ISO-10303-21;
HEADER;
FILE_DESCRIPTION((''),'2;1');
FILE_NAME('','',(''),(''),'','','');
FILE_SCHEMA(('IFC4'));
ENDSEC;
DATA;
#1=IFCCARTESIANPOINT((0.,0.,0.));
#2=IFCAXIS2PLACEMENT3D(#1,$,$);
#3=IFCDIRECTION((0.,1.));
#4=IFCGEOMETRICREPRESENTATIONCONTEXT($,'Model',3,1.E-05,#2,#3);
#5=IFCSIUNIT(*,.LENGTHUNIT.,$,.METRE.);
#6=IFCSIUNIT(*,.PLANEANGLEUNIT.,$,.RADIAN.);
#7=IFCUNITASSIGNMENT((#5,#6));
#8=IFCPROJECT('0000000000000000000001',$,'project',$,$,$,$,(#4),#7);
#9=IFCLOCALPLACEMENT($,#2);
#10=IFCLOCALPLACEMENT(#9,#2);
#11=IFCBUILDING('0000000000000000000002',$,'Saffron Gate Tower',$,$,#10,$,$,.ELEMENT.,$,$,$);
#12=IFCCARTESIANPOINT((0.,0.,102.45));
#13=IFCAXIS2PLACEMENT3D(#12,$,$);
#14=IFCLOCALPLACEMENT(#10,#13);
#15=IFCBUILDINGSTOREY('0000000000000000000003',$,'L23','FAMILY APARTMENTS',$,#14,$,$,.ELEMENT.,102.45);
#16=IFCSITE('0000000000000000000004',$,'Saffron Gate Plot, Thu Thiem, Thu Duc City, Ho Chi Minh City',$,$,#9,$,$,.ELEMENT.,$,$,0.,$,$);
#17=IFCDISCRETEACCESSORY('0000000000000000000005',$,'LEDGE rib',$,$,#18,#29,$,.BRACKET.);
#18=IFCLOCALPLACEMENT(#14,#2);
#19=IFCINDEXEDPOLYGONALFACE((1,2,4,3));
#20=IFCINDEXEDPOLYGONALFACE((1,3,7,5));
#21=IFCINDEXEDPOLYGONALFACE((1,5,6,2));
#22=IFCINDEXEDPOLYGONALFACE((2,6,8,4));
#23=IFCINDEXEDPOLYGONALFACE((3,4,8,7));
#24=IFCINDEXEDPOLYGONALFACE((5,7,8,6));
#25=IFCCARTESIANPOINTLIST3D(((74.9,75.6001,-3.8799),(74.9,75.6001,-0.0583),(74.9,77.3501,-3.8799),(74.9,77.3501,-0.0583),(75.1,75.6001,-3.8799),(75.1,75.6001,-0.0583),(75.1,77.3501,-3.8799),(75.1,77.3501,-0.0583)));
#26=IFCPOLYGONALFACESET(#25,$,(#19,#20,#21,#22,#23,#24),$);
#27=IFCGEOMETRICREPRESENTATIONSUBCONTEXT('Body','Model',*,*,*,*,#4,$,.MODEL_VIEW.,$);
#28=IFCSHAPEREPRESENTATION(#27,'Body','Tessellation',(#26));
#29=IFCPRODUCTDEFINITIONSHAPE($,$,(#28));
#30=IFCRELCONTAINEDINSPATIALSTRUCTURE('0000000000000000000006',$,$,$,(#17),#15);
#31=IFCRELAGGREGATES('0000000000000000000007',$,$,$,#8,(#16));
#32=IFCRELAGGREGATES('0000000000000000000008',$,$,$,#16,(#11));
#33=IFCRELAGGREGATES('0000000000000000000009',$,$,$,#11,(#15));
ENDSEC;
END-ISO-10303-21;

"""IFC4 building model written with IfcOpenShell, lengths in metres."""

from ifc_helpers import new_model, si_unit, direction, frame, origin, origin_2d, place, context, subcontext, project, spatial, rectangle, extrude, element, save


model = new_model("IFC4")

# Units and contexts
model_context = context("Model", 3, precision=1e-05, world=origin(), true_north=direction((0.0, 1.0)))
body_context = subcontext(model_context, "Body", "Model", "MODEL_VIEW")
ifc_project = project(units=[si_unit("LENGTHUNIT", "METRE"), si_unit("PLANEANGLEUNIT", "RADIAN")], contexts=[model_context])

# Site, building, storey
site_placement = place(None, origin())
site = spatial("IfcSite", under=ifc_project, at=site_placement, Name="Saffron Gate Plot, Thu Thiem, Thu Duc City, Ho Chi Minh City", CompositionType="ELEMENT", RefElevation=0.0)
building_placement = place(site_placement, origin())
building = spatial("IfcBuilding", under=site, at=building_placement, Name="Saffron Gate Tower", CompositionType="ELEMENT")
storey_placement = place(building_placement, frame((0.0, 0.0, 102.45)))
storey = spatial("IfcBuildingStorey", under=building, at=storey_placement, Name="L23", Description="FAMILY APARTMENTS", CompositionType="ELEMENT", Elevation=102.45)

# Discrete accessory
discrete_accessory_placement = place(storey_placement, frame((75.0, 76.4751, -3.8799), z_axis=(0.0, 0.0, 1.0), x_axis=(-1.0, 0.0, 0.0)))
element("IfcDiscreteAccessory", 1, at=discrete_accessory_placement, inside=storey, Name="LEDGE rib", PredefinedType="BRACKET", context=body_context, shape_type="SweptSolid", body=[
    extrude(rectangle(XDim=0.2, YDim=1.75, at=origin_2d()), origin(), (0.0, 0.0, 1.0), 3.8215),
])

save(model, "model.ifc")
